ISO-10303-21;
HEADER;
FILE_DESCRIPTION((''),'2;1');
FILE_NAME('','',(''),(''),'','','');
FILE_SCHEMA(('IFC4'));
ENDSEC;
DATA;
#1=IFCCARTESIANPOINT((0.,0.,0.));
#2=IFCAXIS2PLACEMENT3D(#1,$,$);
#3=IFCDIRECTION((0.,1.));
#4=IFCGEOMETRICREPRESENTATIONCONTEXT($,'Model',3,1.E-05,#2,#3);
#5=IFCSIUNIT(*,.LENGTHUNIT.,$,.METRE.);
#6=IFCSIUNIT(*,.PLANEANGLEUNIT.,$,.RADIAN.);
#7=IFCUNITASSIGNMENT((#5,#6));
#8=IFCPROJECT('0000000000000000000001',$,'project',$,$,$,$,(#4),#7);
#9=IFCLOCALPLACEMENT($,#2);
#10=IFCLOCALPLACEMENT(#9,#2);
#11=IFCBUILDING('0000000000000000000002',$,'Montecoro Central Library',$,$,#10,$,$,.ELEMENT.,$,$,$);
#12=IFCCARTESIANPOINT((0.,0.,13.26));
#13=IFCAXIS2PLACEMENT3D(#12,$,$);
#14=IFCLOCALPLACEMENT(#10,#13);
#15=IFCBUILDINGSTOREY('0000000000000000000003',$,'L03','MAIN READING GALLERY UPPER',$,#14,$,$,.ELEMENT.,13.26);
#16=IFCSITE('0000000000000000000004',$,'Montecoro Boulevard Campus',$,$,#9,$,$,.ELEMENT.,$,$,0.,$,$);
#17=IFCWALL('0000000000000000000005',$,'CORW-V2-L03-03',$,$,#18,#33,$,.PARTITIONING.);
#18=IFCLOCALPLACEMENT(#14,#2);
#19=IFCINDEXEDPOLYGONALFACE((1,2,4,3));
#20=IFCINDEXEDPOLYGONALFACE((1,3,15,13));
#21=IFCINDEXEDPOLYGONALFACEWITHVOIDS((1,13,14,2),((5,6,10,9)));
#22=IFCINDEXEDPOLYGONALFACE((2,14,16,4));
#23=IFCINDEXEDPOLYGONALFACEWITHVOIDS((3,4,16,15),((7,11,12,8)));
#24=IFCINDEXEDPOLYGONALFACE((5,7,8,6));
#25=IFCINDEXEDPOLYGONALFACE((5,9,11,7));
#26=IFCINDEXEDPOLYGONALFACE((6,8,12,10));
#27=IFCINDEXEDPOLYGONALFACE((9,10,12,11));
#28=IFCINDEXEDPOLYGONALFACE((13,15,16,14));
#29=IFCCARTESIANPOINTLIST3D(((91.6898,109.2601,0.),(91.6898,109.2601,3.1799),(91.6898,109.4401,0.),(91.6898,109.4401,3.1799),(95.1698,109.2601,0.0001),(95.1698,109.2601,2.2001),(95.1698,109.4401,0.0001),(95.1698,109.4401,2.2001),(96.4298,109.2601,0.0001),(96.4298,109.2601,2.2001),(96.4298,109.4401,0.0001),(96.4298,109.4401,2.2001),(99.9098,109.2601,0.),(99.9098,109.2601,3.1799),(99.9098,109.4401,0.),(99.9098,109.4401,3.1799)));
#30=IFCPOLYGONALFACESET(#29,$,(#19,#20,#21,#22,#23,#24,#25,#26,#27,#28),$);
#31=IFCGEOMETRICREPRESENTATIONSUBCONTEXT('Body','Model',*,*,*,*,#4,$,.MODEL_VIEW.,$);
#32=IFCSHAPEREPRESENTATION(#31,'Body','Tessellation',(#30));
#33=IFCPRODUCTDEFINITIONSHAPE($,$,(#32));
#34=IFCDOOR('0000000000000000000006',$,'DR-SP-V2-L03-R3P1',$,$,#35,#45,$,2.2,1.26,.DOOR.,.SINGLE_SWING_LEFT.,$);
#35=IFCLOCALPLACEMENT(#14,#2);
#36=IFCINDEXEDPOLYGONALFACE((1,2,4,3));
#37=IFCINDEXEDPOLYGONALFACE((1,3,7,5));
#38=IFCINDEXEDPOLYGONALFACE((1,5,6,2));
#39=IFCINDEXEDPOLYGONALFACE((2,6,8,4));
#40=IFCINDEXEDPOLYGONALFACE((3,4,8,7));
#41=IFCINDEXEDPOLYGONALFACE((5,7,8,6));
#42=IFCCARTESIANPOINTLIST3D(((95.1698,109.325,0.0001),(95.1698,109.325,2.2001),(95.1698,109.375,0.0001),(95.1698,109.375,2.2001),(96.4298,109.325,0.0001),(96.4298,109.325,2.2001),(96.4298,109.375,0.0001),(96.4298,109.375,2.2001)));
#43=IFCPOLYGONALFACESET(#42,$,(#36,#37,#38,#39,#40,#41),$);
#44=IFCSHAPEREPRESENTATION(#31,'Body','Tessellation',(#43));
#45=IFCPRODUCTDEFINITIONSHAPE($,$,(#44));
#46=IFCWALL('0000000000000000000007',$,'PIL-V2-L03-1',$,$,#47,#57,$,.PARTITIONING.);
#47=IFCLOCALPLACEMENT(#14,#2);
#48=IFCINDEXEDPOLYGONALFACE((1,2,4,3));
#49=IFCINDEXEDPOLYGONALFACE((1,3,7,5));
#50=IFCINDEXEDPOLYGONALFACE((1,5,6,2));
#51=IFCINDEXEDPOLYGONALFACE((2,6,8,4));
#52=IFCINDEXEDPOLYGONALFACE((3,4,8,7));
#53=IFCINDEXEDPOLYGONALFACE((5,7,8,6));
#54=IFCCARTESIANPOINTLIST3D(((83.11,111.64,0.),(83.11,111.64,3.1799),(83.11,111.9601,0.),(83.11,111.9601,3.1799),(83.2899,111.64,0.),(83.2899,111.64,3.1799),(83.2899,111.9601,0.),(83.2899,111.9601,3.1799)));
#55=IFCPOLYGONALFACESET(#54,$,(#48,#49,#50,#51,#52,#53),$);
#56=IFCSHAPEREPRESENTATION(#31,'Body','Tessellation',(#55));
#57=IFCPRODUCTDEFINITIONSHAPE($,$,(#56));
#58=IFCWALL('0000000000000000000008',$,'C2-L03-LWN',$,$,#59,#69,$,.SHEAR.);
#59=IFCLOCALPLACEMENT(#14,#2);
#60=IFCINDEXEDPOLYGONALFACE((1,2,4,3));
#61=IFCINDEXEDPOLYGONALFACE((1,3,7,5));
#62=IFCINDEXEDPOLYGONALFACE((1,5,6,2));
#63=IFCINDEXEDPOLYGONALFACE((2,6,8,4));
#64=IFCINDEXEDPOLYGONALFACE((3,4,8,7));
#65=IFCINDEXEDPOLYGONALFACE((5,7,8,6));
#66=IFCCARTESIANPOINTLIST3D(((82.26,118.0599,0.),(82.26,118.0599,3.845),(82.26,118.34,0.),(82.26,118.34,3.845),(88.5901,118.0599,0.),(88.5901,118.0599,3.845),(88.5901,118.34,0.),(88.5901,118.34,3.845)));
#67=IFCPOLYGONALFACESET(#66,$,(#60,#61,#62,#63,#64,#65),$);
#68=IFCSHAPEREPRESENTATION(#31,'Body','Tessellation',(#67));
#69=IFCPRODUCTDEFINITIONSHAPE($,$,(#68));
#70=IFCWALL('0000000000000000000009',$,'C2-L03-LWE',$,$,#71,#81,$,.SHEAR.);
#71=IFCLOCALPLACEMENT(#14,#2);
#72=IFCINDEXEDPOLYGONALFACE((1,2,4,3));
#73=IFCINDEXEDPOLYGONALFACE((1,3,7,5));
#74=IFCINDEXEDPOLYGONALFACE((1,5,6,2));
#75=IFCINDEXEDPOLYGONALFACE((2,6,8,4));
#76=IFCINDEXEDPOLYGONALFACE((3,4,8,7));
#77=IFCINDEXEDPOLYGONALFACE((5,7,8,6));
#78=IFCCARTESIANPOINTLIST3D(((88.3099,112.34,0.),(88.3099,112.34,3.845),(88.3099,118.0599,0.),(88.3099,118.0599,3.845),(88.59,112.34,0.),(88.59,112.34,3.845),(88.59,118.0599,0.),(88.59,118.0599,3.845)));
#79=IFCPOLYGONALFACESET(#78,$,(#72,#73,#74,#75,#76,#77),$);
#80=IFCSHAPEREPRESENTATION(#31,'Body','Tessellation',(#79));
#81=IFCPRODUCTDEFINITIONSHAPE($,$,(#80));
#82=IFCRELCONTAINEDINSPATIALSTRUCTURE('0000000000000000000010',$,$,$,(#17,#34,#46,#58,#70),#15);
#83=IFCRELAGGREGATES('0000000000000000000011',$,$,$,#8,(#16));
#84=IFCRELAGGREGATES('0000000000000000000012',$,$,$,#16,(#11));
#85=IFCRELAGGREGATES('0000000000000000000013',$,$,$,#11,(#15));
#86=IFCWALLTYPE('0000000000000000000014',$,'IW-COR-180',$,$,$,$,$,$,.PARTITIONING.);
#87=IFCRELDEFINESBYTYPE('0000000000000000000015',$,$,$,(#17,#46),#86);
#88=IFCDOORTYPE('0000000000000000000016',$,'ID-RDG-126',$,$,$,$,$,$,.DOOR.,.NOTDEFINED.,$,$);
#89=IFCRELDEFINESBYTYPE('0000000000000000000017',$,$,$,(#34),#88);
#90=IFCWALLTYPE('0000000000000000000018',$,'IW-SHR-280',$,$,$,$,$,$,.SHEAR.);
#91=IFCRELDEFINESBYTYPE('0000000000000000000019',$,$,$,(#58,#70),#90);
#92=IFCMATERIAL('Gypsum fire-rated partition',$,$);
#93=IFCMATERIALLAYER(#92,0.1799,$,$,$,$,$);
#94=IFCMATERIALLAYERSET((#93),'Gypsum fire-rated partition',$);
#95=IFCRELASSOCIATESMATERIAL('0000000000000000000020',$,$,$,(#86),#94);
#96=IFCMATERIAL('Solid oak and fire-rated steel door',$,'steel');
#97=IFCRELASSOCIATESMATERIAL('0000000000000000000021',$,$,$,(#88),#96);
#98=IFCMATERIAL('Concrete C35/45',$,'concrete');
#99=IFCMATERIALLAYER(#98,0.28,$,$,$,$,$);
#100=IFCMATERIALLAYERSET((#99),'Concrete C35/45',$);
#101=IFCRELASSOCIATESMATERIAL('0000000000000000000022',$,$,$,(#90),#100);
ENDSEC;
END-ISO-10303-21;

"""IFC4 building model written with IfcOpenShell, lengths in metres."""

from ifc_helpers import new_model, si_unit, direction, frame, frame_2d, origin, place, context, subcontext, project, spatial, rectangle, extrude, material, layer, layer_set, type_object, element, fill, save


model = new_model("IFC4")

# Units and contexts
model_context = context("Model", 3, precision=1e-05, world=origin(), true_north=direction((0.0, 1.0)))
body_context = subcontext(model_context, "Body", "Model", "MODEL_VIEW")
ifc_project = project(units=[si_unit("LENGTHUNIT", "METRE"), si_unit("PLANEANGLEUNIT", "RADIAN")], contexts=[model_context])

# Site, building, storey
site_placement = place(None, origin())
site = spatial("IfcSite", under=ifc_project, at=site_placement, Name="Montecoro Boulevard Campus", CompositionType="ELEMENT", RefElevation=0.0)
building_placement = place(site_placement, origin())
building = spatial("IfcBuilding", under=site, at=building_placement, Name="Montecoro Central Library", CompositionType="ELEMENT")
storey_placement = place(building_placement, frame((0.0, 0.0, 13.26)))
storey = spatial("IfcBuildingStorey", under=building, at=storey_placement, Name="L03", Description="MAIN READING GALLERY UPPER", CompositionType="ELEMENT", Elevation=13.26)

# Wall, opening, door
ifc_material_1 = material(Name="Gypsum fire-rated partition")
ifc_layer_1 = layer(ifc_material_1, 0.1799)
ifc_layer_set_1 = layer_set([ifc_layer_1], Name="Gypsum fire-rated partition")
wall_type_1 = type_object("IfcWallType", Name="IW-COR-180", PredefinedType="PARTITIONING", material=ifc_layer_set_1)
wall_1_placement = place(storey_placement, frame((91.6899, 109.3501, 0.0), z_axis=(0.0, 0.0, 1.0), x_axis=(1.0, 0.0, 0.0)))
wall_1 = element("IfcWall", 1, at=wall_1_placement, inside=storey, type_object=wall_type_1, Name="CORW-V2-L03-03", PredefinedType="PARTITIONING", context=body_context, shape_type="SweptSolid", body=[
    extrude(rectangle(XDim=8.22, YDim=0.1799, at=frame_2d((4.1099, 0.0))), origin(), (0.0, 0.0, 1.0), 3.1799),
])
opening_1_placement = place(wall_1_placement, frame((3.48, 0.0, 0.0)))
opening_1 = element("IfcOpeningElement", 2, at=opening_1_placement, cuts=wall_1, PredefinedType="OPENING", context=body_context, shape_type="SweptSolid", body=[
    extrude(rectangle(XDim=1.26, YDim=2.2, at=frame_2d((0.6299, 1.1001))), frame((0.0, 0.0999, 0.0), z_axis=(0.0, -1.0, 0.0), x_axis=(1.0, 0.0, 0.0)), (0.0, 0.0, 1.0), 0.2),
])
ifc_material_2 = material(Name="Solid oak and fire-rated steel door", Category="steel")
door_type_1 = type_object("IfcDoorType", Name="ID-RDG-126", OperationType="NOTDEFINED", PredefinedType="DOOR", material=ifc_material_2)
door_1_placement = place(opening_1_placement, origin())
door_1 = element("IfcDoor", 3, at=door_1_placement, inside=storey, type_object=door_type_1, Name="DR-SP-V2-L03-R3P1", OperationType="SINGLE_SWING_LEFT", OverallHeight=2.2, OverallWidth=1.26, PredefinedType="DOOR", context=body_context, shape_type="SweptSolid", body=[
    extrude(rectangle(XDim=1.26, YDim=2.2, at=frame_2d((0.6299, 1.1001))), frame((0.0, 0.0249, 0.0), z_axis=(0.0, -1.0, 0.0), x_axis=(1.0, 0.0, 0.0)), (0.0, 0.0, 1.0), 0.05),
])
fill(opening_1, door_1)

# Wall
wall_2_placement = place(storey_placement, frame((83.2, 111.6399, 0.0), z_axis=(0.0, 0.0, 1.0), x_axis=(0.0, 1.0, 0.0)))
element("IfcWall", 4, at=wall_2_placement, inside=storey, type_object=wall_type_1, Name="PIL-V2-L03-1", PredefinedType="PARTITIONING", context=body_context, shape_type="SweptSolid", body=[
    extrude(rectangle(XDim=0.3201, YDim=0.1799, at=frame_2d((0.1602, 0.0))), origin(), (0.0, 0.0, 1.0), 3.1799),
])

# Walls
ifc_material_3 = material(Name="Concrete C35/45", Category="concrete")
ifc_layer_2 = layer(ifc_material_3, 0.28)
ifc_layer_set_2 = layer_set([ifc_layer_2], Name="Concrete C35/45")
wall_type_2 = type_object("IfcWallType", Name="IW-SHR-280", PredefinedType="SHEAR", material=ifc_layer_set_2)
wall_3_placement = place(storey_placement, frame((88.5901, 118.2, 0.0), z_axis=(0.0, 0.0, 1.0), x_axis=(-1.0, 0.0, 0.0)))
element("IfcWall", 5, at=wall_3_placement, inside=storey, type_object=wall_type_2, Name="C2-L03-LWN", PredefinedType="SHEAR", context=body_context, shape_type="SweptSolid", body=[
    extrude(rectangle(XDim=6.3301, YDim=0.28, at=frame_2d((3.165, 0.0))), origin(), (0.0, 0.0, 1.0), 3.845),
])
wall_4_placement = place(storey_placement, frame((88.45, 112.3401, 0.0), z_axis=(0.0, 0.0, 1.0), x_axis=(0.0, 1.0, 0.0)))
element("IfcWall", 6, at=wall_4_placement, inside=storey, type_object=wall_type_2, Name="C2-L03-LWE", PredefinedType="SHEAR", context=body_context, shape_type="SweptSolid", body=[
    extrude(rectangle(XDim=5.72, YDim=0.28, at=frame_2d((2.8599, 0.0))), origin(), (0.0, 0.0, 1.0), 3.845),
])

save(model, "model.ifc")
